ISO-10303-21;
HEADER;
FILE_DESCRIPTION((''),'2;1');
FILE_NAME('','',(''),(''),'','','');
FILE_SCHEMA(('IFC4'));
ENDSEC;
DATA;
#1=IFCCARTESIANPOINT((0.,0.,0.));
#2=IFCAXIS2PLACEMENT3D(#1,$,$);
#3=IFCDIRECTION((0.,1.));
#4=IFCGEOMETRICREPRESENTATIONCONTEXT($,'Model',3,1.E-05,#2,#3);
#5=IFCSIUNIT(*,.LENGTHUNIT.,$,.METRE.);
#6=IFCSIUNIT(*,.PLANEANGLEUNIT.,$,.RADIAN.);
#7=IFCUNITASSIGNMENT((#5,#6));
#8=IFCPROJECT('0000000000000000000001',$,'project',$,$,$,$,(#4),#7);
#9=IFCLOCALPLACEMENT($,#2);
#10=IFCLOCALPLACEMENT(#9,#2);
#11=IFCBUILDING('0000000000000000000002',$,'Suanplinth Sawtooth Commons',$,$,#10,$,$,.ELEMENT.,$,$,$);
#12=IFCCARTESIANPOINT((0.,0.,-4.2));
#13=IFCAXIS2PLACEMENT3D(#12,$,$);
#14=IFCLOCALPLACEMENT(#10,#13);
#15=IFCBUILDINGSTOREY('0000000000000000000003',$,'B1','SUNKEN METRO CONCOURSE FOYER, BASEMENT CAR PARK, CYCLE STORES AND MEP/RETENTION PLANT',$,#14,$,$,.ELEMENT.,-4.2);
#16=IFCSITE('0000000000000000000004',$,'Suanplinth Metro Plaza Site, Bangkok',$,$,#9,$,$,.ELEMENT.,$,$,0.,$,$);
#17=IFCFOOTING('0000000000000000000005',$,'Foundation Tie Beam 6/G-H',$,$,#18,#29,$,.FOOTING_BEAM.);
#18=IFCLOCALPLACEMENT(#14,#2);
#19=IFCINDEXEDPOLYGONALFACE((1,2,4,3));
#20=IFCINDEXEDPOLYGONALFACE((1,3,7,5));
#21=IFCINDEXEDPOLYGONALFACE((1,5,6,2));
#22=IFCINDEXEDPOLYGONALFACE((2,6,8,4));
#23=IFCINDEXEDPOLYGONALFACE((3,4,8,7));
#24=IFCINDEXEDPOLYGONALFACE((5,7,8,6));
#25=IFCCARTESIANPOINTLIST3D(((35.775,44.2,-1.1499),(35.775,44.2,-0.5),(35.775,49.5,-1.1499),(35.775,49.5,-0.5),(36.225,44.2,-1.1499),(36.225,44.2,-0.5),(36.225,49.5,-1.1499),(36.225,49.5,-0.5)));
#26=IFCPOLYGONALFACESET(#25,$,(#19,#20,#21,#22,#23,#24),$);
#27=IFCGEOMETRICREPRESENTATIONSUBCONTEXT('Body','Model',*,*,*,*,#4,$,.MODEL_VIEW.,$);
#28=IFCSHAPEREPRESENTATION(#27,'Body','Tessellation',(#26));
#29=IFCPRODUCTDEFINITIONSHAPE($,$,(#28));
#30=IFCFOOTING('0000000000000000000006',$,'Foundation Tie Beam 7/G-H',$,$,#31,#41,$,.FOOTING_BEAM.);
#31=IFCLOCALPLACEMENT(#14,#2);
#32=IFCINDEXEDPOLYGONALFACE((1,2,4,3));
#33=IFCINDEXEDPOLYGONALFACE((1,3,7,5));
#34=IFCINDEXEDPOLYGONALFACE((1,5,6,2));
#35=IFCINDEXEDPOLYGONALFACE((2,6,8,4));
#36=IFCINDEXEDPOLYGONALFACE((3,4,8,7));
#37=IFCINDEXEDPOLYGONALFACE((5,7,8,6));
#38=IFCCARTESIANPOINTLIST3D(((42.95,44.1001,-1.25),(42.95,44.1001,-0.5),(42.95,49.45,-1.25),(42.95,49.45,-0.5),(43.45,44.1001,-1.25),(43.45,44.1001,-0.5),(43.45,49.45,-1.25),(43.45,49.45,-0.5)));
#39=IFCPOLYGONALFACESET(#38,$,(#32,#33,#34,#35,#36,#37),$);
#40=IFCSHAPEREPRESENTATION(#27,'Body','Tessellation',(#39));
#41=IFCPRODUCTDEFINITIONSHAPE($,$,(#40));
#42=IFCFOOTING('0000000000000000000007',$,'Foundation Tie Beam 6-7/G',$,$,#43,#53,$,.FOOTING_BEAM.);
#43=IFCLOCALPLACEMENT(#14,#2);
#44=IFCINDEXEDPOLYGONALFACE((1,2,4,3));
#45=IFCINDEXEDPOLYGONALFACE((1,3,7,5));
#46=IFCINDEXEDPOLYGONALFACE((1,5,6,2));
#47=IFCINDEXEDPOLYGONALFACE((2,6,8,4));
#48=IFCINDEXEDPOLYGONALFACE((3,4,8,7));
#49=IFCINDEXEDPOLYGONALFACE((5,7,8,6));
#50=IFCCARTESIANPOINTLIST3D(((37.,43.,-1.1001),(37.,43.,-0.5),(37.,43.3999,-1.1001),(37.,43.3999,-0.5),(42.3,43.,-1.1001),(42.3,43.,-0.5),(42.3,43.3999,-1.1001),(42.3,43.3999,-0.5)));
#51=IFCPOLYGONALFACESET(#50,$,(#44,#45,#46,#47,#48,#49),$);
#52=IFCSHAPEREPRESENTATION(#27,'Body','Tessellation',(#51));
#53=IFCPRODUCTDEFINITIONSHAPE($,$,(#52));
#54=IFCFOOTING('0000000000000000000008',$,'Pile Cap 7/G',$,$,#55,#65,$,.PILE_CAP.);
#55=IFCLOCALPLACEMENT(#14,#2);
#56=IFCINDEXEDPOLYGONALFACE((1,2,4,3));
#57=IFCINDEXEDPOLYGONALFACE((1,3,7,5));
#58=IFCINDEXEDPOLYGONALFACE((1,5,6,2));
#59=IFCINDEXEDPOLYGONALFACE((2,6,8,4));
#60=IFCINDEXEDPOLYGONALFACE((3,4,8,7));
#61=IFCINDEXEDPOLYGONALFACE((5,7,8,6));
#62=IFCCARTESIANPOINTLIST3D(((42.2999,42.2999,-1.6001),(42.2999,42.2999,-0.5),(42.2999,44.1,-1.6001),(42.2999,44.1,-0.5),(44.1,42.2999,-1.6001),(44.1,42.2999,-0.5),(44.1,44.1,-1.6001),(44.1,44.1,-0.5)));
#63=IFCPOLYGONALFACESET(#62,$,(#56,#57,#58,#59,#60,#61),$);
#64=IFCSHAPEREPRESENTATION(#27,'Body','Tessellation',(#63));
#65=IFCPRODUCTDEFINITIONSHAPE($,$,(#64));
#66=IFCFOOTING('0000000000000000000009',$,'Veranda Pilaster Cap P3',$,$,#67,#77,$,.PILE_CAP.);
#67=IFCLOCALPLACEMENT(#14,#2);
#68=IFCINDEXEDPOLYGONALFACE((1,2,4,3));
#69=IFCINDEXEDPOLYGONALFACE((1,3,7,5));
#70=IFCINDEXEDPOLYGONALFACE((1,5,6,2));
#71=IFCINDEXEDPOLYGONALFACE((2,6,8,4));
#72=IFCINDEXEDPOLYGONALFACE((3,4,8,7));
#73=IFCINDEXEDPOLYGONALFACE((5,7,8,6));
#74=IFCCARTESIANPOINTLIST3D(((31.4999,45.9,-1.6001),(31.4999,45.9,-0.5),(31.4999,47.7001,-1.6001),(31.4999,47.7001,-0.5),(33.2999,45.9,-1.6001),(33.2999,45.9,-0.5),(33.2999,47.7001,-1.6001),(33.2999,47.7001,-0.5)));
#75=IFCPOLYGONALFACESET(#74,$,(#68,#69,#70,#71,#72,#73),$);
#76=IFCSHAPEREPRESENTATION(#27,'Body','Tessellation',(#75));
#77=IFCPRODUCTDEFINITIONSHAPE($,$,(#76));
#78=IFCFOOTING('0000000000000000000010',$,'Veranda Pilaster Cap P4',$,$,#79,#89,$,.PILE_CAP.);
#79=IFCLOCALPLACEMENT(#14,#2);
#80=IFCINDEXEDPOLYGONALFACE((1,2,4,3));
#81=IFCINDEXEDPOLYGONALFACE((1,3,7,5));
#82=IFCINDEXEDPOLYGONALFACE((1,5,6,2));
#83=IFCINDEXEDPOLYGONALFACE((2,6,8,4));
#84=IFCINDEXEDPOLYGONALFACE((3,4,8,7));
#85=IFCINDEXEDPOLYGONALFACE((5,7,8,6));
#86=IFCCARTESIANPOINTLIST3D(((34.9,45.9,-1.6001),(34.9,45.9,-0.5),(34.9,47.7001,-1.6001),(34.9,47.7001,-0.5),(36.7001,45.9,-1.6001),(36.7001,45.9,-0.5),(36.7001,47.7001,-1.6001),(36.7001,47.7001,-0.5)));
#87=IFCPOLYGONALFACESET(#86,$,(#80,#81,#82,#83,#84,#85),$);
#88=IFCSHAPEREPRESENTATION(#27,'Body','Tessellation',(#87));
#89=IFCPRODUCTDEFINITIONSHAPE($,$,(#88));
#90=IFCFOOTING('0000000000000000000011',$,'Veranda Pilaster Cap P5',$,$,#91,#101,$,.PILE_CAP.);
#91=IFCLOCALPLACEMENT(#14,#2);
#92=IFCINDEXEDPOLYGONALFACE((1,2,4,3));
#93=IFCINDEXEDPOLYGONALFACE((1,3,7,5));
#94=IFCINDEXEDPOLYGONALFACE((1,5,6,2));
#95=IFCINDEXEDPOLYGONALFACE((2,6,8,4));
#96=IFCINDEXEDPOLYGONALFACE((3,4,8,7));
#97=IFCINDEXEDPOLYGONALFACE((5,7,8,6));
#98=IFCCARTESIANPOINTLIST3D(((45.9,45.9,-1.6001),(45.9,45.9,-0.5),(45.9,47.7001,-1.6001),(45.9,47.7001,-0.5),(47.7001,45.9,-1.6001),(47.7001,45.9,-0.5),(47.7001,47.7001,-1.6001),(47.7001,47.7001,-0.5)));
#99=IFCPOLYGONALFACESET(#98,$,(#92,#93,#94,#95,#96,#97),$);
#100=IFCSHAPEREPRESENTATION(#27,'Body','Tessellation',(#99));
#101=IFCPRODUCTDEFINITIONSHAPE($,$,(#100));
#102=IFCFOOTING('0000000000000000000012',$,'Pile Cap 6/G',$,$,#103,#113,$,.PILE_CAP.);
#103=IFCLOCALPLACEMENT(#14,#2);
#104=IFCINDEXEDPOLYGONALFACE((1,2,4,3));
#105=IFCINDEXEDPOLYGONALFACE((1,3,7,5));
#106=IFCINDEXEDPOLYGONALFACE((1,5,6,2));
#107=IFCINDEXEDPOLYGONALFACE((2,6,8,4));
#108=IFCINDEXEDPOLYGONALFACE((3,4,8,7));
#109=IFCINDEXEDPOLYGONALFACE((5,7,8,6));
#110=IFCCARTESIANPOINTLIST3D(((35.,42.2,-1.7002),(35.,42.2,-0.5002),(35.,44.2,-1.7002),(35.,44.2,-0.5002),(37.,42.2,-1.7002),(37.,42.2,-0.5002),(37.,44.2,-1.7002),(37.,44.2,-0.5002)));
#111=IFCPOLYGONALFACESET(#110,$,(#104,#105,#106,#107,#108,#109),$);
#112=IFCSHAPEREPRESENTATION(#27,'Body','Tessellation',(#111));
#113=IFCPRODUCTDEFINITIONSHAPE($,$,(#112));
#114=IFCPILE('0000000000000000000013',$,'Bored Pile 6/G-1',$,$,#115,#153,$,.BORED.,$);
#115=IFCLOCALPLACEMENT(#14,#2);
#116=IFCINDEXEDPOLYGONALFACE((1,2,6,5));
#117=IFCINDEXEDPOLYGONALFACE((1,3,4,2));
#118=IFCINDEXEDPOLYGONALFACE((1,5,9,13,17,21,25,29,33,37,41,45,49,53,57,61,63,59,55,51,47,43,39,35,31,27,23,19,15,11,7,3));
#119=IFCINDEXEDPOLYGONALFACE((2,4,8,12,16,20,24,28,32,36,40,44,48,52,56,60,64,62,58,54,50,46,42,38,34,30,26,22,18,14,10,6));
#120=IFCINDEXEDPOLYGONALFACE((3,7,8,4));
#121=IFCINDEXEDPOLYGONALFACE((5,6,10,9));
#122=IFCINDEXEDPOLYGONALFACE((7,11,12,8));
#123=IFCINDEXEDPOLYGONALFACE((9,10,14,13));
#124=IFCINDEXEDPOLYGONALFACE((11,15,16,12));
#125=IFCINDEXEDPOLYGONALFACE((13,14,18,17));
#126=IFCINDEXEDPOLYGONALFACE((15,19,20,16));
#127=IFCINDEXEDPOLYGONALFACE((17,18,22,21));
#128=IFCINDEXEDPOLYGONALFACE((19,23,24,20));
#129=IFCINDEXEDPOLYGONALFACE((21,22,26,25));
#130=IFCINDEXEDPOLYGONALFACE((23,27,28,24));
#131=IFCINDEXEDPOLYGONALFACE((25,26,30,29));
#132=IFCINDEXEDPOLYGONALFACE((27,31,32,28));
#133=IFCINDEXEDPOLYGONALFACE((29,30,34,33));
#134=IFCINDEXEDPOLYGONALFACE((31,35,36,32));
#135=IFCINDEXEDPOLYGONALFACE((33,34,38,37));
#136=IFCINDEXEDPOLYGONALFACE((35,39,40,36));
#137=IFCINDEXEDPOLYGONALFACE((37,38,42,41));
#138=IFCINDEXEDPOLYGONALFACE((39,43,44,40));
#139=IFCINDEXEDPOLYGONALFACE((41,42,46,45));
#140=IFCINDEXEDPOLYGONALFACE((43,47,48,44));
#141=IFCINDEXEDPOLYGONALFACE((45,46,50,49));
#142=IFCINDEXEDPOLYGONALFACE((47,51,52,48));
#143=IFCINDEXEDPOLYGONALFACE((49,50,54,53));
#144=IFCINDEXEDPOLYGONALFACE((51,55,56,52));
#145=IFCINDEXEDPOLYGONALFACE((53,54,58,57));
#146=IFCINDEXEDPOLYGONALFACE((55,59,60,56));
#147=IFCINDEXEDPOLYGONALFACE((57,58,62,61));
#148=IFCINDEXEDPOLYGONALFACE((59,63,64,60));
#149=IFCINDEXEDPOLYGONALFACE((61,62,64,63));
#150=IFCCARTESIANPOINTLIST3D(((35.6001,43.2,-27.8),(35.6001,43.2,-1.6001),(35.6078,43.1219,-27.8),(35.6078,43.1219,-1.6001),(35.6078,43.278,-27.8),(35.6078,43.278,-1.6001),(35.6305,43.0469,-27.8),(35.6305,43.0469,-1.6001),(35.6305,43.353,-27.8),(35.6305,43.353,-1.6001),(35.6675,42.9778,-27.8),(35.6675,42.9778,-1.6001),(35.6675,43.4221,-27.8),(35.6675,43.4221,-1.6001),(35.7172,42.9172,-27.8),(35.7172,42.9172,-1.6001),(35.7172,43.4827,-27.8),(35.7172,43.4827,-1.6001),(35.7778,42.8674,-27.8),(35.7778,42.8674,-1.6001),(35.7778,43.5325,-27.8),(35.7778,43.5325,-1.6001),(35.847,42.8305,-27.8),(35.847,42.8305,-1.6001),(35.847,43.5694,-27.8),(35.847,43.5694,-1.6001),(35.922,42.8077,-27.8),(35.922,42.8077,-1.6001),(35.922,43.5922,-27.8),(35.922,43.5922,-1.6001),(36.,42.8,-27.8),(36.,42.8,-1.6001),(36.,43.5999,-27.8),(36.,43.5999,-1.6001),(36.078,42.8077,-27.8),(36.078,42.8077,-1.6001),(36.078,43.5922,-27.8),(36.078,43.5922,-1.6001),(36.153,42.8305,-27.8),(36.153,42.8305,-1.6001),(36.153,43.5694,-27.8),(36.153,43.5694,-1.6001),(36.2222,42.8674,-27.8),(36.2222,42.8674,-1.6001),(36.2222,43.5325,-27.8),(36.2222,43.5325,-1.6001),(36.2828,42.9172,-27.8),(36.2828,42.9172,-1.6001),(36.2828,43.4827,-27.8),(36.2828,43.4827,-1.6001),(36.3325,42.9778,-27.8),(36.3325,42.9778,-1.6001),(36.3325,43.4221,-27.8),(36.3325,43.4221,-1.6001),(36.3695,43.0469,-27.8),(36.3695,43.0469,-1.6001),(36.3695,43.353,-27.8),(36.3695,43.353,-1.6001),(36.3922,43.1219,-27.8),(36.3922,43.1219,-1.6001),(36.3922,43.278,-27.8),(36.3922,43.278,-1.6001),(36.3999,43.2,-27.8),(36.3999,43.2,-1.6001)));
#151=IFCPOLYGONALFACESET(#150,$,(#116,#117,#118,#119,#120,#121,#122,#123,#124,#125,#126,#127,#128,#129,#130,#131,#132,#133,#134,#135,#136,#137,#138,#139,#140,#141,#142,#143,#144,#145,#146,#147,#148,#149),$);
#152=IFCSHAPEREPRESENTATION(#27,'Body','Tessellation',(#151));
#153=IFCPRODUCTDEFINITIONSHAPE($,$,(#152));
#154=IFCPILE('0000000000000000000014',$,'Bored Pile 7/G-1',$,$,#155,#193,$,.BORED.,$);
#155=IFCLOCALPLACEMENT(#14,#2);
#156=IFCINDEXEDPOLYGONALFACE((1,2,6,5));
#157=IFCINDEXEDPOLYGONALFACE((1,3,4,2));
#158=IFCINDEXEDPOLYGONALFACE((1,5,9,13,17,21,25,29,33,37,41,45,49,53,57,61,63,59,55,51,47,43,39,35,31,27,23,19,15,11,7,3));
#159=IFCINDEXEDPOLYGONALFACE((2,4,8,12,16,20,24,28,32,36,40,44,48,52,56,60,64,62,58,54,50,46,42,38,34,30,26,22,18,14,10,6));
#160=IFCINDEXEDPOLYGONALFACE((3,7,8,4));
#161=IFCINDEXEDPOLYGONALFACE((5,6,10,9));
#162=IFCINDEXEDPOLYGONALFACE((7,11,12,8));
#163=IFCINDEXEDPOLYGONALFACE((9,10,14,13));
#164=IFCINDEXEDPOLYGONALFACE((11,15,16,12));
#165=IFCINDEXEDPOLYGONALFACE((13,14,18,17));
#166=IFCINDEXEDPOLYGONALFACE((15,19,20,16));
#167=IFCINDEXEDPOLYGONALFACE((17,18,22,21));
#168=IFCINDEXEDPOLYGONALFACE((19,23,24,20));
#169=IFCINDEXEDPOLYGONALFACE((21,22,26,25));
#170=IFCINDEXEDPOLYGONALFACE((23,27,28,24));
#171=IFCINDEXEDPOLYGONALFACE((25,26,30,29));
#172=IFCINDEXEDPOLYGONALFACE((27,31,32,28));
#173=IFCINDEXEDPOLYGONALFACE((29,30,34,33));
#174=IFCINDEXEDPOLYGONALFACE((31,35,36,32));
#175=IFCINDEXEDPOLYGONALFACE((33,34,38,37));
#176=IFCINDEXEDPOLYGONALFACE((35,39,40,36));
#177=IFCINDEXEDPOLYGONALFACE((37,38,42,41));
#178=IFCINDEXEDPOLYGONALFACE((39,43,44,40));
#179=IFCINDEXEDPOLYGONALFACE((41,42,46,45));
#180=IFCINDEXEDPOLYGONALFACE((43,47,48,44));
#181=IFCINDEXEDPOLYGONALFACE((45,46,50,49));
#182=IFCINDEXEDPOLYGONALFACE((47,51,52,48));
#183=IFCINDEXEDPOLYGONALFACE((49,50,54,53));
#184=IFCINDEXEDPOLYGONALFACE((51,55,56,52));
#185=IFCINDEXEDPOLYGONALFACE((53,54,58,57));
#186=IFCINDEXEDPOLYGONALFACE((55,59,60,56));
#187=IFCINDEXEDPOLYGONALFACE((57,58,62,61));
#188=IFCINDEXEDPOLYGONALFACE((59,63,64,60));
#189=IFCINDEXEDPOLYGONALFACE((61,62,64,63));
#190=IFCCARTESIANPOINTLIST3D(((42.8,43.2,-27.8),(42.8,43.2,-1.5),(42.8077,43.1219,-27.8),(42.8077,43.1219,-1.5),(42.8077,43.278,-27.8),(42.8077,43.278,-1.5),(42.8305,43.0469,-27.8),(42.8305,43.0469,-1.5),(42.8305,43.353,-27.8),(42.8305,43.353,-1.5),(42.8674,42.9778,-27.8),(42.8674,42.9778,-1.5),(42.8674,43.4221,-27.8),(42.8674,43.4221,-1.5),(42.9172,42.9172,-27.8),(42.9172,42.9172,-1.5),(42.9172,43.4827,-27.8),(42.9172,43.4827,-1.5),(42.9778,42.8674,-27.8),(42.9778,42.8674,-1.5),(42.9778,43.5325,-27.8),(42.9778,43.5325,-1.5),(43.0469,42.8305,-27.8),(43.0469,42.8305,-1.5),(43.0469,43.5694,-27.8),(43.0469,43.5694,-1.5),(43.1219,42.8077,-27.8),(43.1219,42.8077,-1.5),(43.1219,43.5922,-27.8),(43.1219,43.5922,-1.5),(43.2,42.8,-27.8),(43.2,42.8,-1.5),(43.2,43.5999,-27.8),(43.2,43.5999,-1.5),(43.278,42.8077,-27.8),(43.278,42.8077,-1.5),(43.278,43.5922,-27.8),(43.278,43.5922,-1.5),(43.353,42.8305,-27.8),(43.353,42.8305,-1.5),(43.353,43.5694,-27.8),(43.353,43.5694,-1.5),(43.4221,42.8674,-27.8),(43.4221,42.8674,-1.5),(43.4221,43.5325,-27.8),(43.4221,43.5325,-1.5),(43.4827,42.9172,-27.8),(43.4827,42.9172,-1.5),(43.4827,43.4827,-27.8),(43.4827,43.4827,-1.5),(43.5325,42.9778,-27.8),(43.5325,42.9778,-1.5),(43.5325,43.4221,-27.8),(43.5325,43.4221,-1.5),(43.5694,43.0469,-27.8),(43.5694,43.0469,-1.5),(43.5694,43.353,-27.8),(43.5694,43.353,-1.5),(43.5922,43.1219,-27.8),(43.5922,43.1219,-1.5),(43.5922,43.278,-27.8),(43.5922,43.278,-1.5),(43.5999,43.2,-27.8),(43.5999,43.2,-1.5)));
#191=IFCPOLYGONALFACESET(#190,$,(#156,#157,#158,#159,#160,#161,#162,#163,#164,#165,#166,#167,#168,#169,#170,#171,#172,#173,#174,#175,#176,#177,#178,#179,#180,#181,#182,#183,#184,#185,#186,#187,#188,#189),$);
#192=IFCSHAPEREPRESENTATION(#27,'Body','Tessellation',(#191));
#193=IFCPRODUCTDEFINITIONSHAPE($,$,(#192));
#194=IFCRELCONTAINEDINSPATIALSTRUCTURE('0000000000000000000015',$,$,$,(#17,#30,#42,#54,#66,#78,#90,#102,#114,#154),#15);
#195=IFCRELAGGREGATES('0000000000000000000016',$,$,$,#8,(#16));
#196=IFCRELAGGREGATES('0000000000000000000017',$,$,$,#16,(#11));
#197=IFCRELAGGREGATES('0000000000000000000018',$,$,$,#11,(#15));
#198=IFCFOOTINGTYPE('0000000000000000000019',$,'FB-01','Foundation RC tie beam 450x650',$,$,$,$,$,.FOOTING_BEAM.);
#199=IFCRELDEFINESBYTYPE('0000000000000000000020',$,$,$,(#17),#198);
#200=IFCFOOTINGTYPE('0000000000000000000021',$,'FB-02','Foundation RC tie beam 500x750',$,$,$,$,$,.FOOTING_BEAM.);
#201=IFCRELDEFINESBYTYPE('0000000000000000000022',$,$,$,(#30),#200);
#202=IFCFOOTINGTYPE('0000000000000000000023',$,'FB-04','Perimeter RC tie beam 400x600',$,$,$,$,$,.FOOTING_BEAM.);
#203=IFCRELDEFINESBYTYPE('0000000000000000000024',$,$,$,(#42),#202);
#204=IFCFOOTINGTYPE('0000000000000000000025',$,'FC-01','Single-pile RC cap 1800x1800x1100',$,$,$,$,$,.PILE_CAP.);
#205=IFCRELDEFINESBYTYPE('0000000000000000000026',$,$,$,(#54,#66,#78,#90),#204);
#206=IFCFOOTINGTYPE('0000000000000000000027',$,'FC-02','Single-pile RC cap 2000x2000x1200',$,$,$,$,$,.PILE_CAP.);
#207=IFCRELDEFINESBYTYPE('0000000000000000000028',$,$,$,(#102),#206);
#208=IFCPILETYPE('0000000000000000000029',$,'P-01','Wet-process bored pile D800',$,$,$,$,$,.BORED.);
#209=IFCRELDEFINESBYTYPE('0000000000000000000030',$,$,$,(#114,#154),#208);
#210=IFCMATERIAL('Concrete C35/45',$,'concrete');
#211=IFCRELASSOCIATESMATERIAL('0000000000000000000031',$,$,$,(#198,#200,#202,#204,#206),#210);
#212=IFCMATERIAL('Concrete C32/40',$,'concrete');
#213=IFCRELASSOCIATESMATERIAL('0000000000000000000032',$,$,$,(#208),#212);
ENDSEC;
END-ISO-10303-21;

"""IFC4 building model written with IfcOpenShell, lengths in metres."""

from ifc_helpers import new_model, si_unit, direction, frame, origin, origin_2d, place, context, subcontext, project, spatial, rectangle, circle, extrude, material, material_profile, profile_set, type_object, element, save


model = new_model("IFC4")

# Units and contexts
model_context = context("Model", 3, precision=1e-05, world=origin(), true_north=direction((0.0, 1.0)))
body_context = subcontext(model_context, "Body", "Model", "MODEL_VIEW")
ifc_project = project(units=[si_unit("LENGTHUNIT", "METRE"), si_unit("PLANEANGLEUNIT", "RADIAN")], contexts=[model_context])

# Site, building, storey
site_placement = place(None, origin())
site = spatial("IfcSite", under=ifc_project, at=site_placement, Name="Suanplinth Metro Plaza Site, Bangkok", CompositionType="ELEMENT", RefElevation=0.0)
building_placement = place(site_placement, origin())
building = spatial("IfcBuilding", under=site, at=building_placement, Name="Suanplinth Sawtooth Commons", CompositionType="ELEMENT")
storey_placement = place(building_placement, frame((0.0, 0.0, -4.2)))
storey = spatial("IfcBuildingStorey", under=building, at=storey_placement, Name="B1", Description="SUNKEN METRO CONCOURSE FOYER, BASEMENT CAR PARK, CYCLE STORES AND MEP/RETENTION PLANT", CompositionType="ELEMENT", Elevation=-4.2)

# Footings
ifc_material_1 = material(Name="Concrete C35/45", Category="concrete")
ifc_material_profile_1 = material_profile(ifc_material_1, rectangle(XDim=0.45, YDim=0.6499, at=origin_2d()), Name="PC-GDR 450x650")
ifc_profile_set_1 = profile_set([ifc_material_profile_1], Name="Concrete C35/45")
footing_type_1 = type_object("IfcFootingType", Name="FB-01", Description="Foundation RC tie beam 450x650", PredefinedType="FOOTING_BEAM", material=ifc_profile_set_1)
footing_1_placement = place(storey_placement, frame((36.0, 44.2, -0.825), z_axis=(0.0, 1.0, 0.0), x_axis=(-1.0, 0.0, 0.0)))
element("IfcFooting", 1, at=footing_1_placement, inside=storey, type_object=footing_type_1, Name="Foundation Tie Beam 6/G-H", PredefinedType="FOOTING_BEAM", context=body_context, shape_type="SweptSolid", body=[
    extrude(rectangle(XDim=0.45, YDim=0.6499, at=origin_2d()), origin(), (0.0, 0.0, 1.0), 5.3),
])
ifc_material_profile_2 = material_profile(ifc_material_1, rectangle(XDim=0.5, YDim=0.75, at=origin_2d()), Name="RC-GDR 500x750")
ifc_profile_set_2 = profile_set([ifc_material_profile_2], Name="Concrete C35/45")
footing_type_2 = type_object("IfcFootingType", Name="FB-02", Description="Foundation RC tie beam 500x750", PredefinedType="FOOTING_BEAM", material=ifc_profile_set_2)
footing_2_placement = place(storey_placement, frame((43.2, 44.1001, -0.875), z_axis=(0.0, 1.0, 0.0), x_axis=(-1.0, 0.0, 0.0)))
element("IfcFooting", 2, at=footing_2_placement, inside=storey, type_object=footing_type_2, Name="Foundation Tie Beam 7/G-H", PredefinedType="FOOTING_BEAM", context=body_context, shape_type="SweptSolid", body=[
    extrude(rectangle(XDim=0.5, YDim=0.75, at=origin_2d()), origin(), (0.0, 0.0, 1.0), 5.3499),
])
ifc_material_profile_3 = material_profile(ifc_material_1, rectangle(XDim=0.3999, YDim=0.6001, at=origin_2d()), Name="PC-GDR 400x600")
ifc_profile_set_3 = profile_set([ifc_material_profile_3], Name="Concrete C35/45")
footing_type_3 = type_object("IfcFootingType", Name="FB-04", Description="Perimeter RC tie beam 400x600", PredefinedType="FOOTING_BEAM", material=ifc_profile_set_3)
footing_3_placement = place(storey_placement, frame((37.0, 43.2, -0.8), z_axis=(1.0, 0.0, 0.0), x_axis=(0.0, 1.0, 0.0)))
element("IfcFooting", 3, at=footing_3_placement, inside=storey, type_object=footing_type_3, Name="Foundation Tie Beam 6-7/G", PredefinedType="FOOTING_BEAM", context=body_context, shape_type="SweptSolid", body=[
    extrude(rectangle(XDim=0.3999, YDim=0.6001, at=origin_2d()), origin(), (0.0, 0.0, 1.0), 5.3),
])
footing_type_4 = type_object("IfcFootingType", Name="FC-01", Description="Single-pile RC cap 1800x1800x1100", PredefinedType="PILE_CAP", material=ifc_material_1)
for number, where, z_axis, x_axis, name in (
    (4, (43.2, 43.2, -1.6001), (0.0, 0.0, 1.0), (1.0, 0.0, 0.0), "Pile Cap 7/G"),
    (5, (32.3999, 46.8, -1.6001), (0.0, 0.0, 1.0), (1.0, 0.0, 0.0), "Veranda Pilaster Cap P3"),
    (6, (35.8, 46.8, -1.6001), (0.0, 0.0, 1.0), (1.0, 0.0, 0.0), "Veranda Pilaster Cap P4"),
    (7, (46.8, 46.8, -1.6001), (0.0, 0.0, 1.0), (1.0, 0.0, 0.0), "Veranda Pilaster Cap P5"),
):
    element("IfcFooting", number, at=place(storey_placement, frame(where, z_axis=z_axis, x_axis=x_axis)), inside=storey, type_object=footing_type_4, Name=name, PredefinedType="PILE_CAP", context=body_context, shape_type="SweptSolid", body=[
        extrude(rectangle(XDim=1.8, YDim=1.8, at=origin_2d()), origin(), (0.0, 0.0, 1.0), 1.1001),
    ])
footing_type_5 = type_object("IfcFootingType", Name="FC-02", Description="Single-pile RC cap 2000x2000x1200", PredefinedType="PILE_CAP", material=ifc_material_1)
footing_4_placement = place(storey_placement, frame((36.0, 43.2, -1.7002), z_axis=(0.0, 0.0, 1.0), x_axis=(1.0, 0.0, 0.0)))
element("IfcFooting", 8, at=footing_4_placement, inside=storey, type_object=footing_type_5, Name="Pile Cap 6/G", PredefinedType="PILE_CAP", context=body_context, shape_type="SweptSolid", body=[
    extrude(rectangle(XDim=2.0, YDim=2.0, at=origin_2d()), origin(), (0.0, 0.0, 1.0), 1.2),
])

# Piles
ifc_material_2 = material(Name="Concrete C32/40", Category="concrete")
ifc_material_profile_4 = material_profile(ifc_material_2, circle(Radius=0.3999, at=origin_2d()), Name="PILE D800")
ifc_profile_set_4 = profile_set([ifc_material_profile_4], Name="Concrete C32/40")
pile_type = type_object("IfcPileType", Name="P-01", Description="Wet-process bored pile D800", PredefinedType="BORED", material=ifc_profile_set_4)
pile_placement = place(storey_placement, frame((36.0, 43.2, -1.6001), z_axis=(0.0, 0.0, -1.0), x_axis=(1.0, 0.0, 0.0)))
element("IfcPile", 9, at=pile_placement, inside=storey, type_object=pile_type, Name="Bored Pile 6/G-1", PredefinedType="BORED", context=body_context, shape_type="SweptSolid", body=[
    extrude(circle(Radius=0.3999, at=origin_2d()), origin(), (0.0, 0.0, 1.0), 26.2),
])
for number, where, z_axis, x_axis, name in (
    (10, (43.2, 43.2, -1.5), (0.0, 0.0, -1.0), (1.0, 0.0, 0.0), "Bored Pile 7/G-1"),
):
    element("IfcPile", number, at=place(storey_placement, frame(where, z_axis=z_axis, x_axis=x_axis)), inside=storey, type_object=pile_type, Name=name, PredefinedType="BORED", context=body_context, shape_type="SweptSolid", body=[
        extrude(circle(Radius=0.3999, at=origin_2d()), origin(), (0.0, 0.0, 1.0), 26.3),
    ])

save(model, "model.ifc")
